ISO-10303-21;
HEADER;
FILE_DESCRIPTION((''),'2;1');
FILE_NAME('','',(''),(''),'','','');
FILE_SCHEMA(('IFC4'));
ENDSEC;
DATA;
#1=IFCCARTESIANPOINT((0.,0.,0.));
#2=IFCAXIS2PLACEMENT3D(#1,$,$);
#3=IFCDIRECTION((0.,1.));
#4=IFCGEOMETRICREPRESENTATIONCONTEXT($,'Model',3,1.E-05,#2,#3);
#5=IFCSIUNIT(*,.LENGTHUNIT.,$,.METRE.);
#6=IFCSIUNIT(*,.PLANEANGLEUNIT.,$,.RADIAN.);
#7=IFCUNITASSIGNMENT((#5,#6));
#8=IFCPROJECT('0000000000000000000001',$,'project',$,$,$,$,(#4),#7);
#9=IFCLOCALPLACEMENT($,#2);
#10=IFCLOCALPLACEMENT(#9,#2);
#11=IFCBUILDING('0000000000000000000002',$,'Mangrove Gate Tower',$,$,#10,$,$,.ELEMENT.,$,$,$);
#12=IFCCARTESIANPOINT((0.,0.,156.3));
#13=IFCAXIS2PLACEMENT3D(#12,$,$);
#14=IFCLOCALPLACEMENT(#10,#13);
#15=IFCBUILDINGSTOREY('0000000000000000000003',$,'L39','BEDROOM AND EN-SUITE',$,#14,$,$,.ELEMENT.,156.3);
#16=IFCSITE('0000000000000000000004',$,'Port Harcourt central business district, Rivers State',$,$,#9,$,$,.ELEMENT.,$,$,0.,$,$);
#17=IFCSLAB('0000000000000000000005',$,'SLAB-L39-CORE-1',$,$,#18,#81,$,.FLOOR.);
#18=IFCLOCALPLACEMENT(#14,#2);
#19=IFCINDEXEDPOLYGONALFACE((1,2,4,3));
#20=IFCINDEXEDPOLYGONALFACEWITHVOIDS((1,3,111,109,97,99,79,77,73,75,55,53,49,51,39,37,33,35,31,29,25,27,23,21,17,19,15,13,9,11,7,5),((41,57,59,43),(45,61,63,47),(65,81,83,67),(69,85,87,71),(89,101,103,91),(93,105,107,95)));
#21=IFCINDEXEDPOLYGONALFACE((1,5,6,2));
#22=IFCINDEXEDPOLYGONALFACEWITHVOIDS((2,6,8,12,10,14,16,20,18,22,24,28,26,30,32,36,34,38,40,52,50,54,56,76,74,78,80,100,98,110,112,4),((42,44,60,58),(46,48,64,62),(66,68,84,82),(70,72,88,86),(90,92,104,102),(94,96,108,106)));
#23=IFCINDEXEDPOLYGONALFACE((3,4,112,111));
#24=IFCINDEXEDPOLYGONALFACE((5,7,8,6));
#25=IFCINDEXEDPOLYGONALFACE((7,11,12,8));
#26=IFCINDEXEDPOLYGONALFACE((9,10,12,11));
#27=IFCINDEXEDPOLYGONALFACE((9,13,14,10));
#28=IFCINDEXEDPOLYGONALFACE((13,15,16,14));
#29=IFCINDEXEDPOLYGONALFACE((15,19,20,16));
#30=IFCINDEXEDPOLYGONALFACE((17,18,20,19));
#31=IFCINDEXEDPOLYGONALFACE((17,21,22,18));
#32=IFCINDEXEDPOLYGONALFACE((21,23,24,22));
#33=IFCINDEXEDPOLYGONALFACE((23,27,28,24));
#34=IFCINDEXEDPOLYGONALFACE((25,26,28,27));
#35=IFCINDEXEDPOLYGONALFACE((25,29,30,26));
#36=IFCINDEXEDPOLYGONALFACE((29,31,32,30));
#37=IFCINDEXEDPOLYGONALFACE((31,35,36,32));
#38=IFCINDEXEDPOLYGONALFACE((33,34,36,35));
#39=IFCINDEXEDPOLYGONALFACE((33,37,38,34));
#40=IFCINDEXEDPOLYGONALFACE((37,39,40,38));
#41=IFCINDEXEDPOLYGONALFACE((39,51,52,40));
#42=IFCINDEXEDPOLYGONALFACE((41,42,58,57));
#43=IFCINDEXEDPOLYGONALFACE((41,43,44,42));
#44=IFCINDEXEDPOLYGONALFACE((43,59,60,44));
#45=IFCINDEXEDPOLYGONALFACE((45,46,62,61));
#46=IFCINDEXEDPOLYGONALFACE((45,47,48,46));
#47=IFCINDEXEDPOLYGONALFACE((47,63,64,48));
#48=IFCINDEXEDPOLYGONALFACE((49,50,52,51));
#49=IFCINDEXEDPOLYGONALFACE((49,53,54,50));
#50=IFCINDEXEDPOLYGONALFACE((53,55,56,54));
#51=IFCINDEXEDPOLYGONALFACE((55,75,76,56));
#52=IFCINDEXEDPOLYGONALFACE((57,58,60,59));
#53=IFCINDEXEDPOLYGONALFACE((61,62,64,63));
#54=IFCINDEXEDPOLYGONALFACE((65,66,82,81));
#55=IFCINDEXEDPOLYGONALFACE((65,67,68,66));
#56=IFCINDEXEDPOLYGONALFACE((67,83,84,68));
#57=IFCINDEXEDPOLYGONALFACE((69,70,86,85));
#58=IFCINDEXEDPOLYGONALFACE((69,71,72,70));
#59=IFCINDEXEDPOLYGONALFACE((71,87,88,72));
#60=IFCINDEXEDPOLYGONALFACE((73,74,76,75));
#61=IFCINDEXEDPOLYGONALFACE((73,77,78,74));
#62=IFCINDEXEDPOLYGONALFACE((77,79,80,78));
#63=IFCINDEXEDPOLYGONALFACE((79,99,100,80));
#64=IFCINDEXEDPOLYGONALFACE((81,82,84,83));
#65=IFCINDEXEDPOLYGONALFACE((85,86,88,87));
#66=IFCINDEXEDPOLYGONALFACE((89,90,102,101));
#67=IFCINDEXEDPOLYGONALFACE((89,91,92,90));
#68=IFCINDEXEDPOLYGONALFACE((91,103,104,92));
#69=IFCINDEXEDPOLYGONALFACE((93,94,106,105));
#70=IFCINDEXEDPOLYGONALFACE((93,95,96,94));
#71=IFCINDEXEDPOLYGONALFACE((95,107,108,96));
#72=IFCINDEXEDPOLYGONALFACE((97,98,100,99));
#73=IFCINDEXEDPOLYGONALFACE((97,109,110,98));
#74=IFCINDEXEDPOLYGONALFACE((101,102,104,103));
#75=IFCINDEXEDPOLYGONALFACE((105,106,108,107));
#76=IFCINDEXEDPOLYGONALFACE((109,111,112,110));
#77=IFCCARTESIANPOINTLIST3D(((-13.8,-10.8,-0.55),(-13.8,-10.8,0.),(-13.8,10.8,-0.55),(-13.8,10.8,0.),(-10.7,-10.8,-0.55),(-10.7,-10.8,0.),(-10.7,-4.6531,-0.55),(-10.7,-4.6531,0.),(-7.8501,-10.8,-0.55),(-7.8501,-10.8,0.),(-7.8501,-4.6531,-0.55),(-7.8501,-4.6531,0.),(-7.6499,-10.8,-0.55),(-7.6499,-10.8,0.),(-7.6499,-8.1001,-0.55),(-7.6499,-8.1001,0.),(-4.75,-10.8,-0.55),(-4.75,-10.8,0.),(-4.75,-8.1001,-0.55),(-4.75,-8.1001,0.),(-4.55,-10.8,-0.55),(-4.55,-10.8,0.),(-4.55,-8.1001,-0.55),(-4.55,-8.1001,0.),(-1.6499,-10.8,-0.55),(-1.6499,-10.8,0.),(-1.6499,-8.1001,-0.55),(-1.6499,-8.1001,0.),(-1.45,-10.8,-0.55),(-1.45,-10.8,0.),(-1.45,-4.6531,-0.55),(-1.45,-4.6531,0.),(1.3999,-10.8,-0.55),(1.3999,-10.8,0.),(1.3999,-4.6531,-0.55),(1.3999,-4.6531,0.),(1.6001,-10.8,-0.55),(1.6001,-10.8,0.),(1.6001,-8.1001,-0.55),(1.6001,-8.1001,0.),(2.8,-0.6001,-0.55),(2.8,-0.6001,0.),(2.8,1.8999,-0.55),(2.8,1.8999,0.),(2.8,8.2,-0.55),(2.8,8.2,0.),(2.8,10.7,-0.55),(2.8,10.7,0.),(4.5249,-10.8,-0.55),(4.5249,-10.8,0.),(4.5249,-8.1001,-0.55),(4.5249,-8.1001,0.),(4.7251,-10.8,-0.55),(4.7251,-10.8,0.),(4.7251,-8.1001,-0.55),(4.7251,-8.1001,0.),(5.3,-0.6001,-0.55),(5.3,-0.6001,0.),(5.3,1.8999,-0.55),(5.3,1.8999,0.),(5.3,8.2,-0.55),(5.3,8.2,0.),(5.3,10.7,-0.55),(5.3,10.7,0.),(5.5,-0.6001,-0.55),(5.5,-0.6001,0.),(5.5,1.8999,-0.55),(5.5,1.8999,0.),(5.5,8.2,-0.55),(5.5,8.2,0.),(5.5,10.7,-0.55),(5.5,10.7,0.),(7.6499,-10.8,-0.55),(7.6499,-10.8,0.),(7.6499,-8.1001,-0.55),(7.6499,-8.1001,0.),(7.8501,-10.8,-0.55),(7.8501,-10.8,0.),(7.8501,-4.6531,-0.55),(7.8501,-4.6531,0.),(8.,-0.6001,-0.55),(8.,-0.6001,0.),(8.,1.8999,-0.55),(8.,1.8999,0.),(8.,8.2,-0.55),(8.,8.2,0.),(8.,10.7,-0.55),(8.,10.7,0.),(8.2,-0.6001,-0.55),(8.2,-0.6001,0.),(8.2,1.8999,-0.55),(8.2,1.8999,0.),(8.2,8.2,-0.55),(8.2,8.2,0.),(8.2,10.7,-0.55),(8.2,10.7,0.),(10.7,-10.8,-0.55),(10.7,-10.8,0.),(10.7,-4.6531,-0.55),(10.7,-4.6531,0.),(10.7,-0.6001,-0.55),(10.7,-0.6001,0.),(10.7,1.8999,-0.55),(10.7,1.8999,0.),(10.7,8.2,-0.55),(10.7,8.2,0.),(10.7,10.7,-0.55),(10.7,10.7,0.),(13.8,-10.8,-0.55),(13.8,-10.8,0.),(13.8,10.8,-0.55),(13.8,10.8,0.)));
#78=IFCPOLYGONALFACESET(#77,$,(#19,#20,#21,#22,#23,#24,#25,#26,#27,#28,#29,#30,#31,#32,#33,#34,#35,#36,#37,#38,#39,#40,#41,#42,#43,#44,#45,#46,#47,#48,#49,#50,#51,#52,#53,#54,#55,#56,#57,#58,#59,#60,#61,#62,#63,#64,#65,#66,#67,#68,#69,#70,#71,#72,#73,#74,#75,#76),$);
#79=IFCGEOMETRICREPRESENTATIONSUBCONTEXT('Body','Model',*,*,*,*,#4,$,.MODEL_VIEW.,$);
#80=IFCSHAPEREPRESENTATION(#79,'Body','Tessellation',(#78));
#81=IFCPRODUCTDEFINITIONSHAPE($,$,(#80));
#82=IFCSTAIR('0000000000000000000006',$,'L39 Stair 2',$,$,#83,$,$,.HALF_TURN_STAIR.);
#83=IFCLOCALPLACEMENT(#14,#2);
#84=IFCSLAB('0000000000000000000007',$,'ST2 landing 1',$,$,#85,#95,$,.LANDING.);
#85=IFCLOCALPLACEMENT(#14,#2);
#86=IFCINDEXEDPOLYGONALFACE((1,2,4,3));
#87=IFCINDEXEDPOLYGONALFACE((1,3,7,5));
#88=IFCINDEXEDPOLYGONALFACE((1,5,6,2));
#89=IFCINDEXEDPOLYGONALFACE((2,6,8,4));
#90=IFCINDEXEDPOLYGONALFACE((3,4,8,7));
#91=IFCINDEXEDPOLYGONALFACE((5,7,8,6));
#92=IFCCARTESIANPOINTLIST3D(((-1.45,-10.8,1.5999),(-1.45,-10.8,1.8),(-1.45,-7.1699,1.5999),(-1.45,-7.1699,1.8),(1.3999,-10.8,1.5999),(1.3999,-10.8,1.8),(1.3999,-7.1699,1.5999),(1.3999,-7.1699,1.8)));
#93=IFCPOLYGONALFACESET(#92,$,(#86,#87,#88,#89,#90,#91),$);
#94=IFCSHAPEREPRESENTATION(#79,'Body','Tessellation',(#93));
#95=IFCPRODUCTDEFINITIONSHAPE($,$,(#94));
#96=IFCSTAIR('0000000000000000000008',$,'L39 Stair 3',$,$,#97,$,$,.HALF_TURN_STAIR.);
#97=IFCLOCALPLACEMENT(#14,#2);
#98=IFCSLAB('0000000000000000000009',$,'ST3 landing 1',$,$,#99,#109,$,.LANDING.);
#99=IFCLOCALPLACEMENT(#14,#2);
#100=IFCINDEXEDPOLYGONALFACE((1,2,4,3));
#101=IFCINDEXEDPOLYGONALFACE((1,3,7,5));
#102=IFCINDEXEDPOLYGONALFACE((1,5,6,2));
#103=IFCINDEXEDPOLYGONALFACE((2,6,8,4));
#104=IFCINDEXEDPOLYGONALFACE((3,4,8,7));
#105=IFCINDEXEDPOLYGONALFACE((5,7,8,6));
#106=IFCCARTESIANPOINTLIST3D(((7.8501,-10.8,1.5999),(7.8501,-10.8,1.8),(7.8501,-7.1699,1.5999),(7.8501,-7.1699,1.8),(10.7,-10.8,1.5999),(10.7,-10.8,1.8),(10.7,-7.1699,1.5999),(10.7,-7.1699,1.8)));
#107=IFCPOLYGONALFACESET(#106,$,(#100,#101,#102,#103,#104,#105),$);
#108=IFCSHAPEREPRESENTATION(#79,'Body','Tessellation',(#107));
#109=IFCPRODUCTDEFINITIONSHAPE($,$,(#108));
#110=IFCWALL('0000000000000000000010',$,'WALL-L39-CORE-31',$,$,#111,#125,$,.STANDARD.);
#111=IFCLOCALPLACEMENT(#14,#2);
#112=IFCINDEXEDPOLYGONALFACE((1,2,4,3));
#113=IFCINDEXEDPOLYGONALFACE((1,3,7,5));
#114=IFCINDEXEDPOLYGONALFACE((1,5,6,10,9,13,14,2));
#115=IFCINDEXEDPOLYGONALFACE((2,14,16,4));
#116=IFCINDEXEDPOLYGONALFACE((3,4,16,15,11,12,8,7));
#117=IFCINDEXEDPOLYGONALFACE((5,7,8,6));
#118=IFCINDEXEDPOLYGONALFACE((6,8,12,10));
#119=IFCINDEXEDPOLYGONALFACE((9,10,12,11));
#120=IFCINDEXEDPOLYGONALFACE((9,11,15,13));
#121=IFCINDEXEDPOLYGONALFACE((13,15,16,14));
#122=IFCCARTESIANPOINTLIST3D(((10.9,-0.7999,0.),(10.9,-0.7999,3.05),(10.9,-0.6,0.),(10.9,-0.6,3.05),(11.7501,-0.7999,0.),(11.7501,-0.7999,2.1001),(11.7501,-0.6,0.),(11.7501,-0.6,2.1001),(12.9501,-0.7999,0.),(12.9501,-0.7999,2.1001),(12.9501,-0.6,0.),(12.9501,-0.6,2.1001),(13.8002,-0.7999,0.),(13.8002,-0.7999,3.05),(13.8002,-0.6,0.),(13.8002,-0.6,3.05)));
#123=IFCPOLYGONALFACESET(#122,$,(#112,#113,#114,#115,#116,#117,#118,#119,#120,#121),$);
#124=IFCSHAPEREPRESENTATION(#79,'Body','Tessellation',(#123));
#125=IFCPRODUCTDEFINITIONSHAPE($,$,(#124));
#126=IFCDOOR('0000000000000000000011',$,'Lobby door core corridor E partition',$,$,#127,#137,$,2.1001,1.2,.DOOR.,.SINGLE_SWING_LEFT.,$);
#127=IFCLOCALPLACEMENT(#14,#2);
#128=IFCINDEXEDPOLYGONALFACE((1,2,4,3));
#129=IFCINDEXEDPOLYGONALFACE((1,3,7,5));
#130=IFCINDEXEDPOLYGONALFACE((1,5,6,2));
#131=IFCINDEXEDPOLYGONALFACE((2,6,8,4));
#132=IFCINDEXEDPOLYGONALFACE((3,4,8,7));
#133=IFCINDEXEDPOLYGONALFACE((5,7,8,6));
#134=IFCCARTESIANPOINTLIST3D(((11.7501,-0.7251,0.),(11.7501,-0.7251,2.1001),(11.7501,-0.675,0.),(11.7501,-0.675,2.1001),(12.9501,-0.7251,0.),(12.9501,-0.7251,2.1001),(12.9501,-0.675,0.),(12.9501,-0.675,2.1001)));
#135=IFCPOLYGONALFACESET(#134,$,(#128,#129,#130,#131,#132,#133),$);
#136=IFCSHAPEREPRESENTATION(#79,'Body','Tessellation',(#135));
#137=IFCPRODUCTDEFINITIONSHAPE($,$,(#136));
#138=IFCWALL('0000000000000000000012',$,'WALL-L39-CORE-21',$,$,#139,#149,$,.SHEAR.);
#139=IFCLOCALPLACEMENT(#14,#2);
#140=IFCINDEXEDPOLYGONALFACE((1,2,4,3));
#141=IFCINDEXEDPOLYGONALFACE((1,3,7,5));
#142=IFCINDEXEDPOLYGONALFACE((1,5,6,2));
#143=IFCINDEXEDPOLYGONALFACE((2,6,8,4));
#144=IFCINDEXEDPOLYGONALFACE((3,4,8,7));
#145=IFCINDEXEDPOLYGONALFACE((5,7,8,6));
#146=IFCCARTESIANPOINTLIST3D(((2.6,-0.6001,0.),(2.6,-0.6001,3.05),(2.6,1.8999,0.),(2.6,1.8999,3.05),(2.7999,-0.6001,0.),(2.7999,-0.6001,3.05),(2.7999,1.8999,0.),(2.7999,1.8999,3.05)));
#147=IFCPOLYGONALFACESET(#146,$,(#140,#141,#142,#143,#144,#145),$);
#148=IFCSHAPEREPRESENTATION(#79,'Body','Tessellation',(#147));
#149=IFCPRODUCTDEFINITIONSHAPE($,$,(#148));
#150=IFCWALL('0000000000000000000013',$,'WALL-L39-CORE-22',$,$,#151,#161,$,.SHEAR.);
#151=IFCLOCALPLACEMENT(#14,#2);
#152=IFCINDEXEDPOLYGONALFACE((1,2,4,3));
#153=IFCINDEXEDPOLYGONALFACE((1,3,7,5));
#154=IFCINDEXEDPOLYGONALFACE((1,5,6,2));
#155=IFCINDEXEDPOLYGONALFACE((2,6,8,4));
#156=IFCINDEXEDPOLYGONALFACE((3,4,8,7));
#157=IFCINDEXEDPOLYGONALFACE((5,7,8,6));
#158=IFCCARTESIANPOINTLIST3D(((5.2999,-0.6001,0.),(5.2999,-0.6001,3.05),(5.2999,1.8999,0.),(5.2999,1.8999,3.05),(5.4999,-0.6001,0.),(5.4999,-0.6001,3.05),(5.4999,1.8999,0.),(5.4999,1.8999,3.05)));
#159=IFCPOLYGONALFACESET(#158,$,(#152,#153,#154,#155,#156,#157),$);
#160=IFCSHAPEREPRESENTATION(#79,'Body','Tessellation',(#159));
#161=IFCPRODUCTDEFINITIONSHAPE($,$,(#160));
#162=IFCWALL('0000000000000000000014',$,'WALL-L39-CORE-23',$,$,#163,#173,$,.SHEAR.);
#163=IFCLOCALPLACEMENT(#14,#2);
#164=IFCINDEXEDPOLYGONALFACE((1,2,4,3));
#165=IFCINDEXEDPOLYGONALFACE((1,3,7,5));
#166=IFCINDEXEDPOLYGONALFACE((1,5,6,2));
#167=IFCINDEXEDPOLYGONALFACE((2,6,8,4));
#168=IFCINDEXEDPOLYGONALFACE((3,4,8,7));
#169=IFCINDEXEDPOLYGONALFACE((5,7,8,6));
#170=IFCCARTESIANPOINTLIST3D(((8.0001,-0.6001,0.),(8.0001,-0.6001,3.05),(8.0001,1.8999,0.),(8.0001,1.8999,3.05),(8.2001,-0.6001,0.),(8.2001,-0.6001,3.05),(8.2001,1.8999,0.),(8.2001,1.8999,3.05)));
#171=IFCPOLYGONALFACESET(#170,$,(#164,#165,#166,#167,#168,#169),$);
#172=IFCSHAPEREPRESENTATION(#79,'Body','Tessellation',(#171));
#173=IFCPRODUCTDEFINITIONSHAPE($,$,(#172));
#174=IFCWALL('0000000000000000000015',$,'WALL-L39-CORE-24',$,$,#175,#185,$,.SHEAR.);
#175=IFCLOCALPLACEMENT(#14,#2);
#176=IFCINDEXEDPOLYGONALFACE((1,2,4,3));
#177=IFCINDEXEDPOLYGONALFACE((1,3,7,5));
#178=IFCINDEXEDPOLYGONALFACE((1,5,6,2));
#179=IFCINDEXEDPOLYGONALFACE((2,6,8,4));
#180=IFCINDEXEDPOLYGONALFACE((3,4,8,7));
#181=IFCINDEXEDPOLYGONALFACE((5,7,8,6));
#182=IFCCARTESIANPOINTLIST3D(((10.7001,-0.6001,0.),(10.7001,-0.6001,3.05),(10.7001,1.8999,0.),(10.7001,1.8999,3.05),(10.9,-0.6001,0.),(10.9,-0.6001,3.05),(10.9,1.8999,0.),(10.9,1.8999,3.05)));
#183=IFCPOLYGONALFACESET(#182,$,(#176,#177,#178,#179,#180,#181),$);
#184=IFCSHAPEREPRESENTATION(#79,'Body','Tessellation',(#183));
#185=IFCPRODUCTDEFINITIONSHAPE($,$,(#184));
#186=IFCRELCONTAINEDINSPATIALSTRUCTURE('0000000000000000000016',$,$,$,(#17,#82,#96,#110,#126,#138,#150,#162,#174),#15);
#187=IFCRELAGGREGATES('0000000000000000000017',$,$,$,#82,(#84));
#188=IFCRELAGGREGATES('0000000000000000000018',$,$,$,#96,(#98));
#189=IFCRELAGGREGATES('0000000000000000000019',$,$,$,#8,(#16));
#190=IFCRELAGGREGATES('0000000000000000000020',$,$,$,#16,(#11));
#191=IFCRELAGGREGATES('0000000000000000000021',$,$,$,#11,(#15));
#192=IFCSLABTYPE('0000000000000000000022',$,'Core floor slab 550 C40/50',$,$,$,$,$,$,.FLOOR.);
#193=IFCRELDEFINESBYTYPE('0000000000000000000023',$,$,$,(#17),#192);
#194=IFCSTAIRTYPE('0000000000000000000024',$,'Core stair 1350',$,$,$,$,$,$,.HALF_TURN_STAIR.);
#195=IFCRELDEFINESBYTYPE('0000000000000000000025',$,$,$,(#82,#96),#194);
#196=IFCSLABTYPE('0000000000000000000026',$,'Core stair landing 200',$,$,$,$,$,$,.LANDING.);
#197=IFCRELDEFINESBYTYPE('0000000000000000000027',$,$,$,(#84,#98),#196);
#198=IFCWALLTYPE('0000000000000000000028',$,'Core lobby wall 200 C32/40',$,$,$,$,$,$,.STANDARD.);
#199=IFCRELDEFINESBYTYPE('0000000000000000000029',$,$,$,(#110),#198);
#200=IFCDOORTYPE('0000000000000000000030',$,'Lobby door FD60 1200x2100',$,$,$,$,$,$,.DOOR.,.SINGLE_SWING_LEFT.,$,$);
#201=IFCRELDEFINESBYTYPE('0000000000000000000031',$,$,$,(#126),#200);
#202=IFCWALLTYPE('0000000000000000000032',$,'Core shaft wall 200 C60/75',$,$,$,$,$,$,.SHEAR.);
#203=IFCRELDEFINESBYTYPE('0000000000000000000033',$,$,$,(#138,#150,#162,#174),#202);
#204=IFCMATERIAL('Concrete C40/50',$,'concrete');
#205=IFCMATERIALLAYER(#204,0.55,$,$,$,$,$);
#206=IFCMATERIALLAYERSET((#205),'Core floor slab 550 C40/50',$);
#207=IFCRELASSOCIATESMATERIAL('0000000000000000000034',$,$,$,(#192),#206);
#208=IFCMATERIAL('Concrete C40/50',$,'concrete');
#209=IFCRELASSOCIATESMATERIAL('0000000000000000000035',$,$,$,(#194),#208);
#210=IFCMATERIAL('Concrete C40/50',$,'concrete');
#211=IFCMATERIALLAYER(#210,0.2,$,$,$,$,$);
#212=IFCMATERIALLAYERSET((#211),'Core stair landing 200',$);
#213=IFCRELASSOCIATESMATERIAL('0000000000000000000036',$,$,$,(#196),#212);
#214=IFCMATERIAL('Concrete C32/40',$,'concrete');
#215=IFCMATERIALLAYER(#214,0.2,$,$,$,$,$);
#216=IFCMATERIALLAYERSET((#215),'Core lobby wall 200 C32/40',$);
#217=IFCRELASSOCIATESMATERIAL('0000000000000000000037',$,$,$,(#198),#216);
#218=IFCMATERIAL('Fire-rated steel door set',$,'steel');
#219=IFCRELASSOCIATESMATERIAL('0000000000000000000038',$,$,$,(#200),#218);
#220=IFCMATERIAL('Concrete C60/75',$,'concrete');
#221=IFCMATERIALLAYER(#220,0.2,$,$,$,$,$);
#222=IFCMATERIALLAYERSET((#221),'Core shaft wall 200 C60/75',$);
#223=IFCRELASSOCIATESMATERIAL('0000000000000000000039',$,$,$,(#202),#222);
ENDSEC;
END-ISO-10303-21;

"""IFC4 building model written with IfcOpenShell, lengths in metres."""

from ifc_helpers import new_model, si_unit, direction, frame, frame_2d, origin, place, context, subcontext, project, spatial, polyline, rectangle, outline, extrude, material, layer, layer_set, type_object, element, fill, aggregate, save


model = new_model("IFC4")

# Units and contexts
model_context = context("Model", 3, precision=1e-05, world=origin(), true_north=direction((0.0, 1.0)))
body_context = subcontext(model_context, "Body", "Model", "MODEL_VIEW")
ifc_project = project(units=[si_unit("LENGTHUNIT", "METRE"), si_unit("PLANEANGLEUNIT", "RADIAN")], contexts=[model_context])

# Site, building, storey
site_placement = place(None, origin())
site = spatial("IfcSite", under=ifc_project, at=site_placement, Name="Port Harcourt central business district, Rivers State", CompositionType="ELEMENT", RefElevation=0.0)
building_placement = place(site_placement, origin())
building = spatial("IfcBuilding", under=site, at=building_placement, Name="Mangrove Gate Tower", CompositionType="ELEMENT")
storey_placement = place(building_placement, frame((0.0, 0.0, 156.3)))
storey = spatial("IfcBuildingStorey", under=building, at=storey_placement, Name="L39", Description="BEDROOM AND EN-SUITE", CompositionType="ELEMENT", Elevation=156.3)

# Slab
ifc_material_1 = material(Name="Concrete C40/50", Category="concrete")
ifc_layer_1 = layer(ifc_material_1, 0.55)
ifc_layer_set_1 = layer_set([ifc_layer_1], Name="Core floor slab 550 C40/50")
slab_type_1 = type_object("IfcSlabType", Name="Core floor slab 550 C40/50", PredefinedType="FLOOR", material=ifc_layer_set_1)
slab_1_placement = place(storey_placement, frame((0.0, 0.0, -0.55)))
element("IfcSlab", 1, at=slab_1_placement, inside=storey, type_object=slab_type_1, Name="SLAB-L39-CORE-1", PredefinedType="FLOOR", context=body_context, shape_type="SweptSolid", body=[
    extrude(outline(polyline([(-13.8, -10.8), (-13.8, 10.8), (13.8, 10.8), (13.8, -10.8), (10.7, -10.8), (10.7, -4.6531), (7.8501, -4.6531), (7.8501, -10.8), (7.6499, -10.8), (7.6499, -8.1001), (4.7251, -8.1001), (4.7251, -10.8), (4.5249, -10.8), (4.5249, -8.1001), (1.6001, -8.1001), (1.6001, -10.8), (1.3999, -10.8), (1.3999, -4.6531), (-1.45, -4.6531), (-1.45, -10.8), (-1.6499, -10.8), (-1.6499, -8.1001), (-4.55, -8.1001), (-4.55, -10.8), (-4.75, -10.8), (-4.75, -8.1001), (-7.6499, -8.1001), (-7.6499, -10.8), (-7.8501, -10.8), (-7.8501, -4.6531), (-10.7, -4.6531), (-10.7, -10.8), (-13.8, -10.8)]), holes=[polyline([(5.3, -0.6001), (5.3, 1.8999), (2.8, 1.8999), (2.8, -0.6001), (5.3, -0.6001)]), polyline([(5.3, 10.7), (2.8, 10.7), (2.8, 8.2), (5.3, 8.2), (5.3, 10.7)]), polyline([(8.0, -0.6001), (8.0, 1.8999), (5.5, 1.8999), (5.5, -0.6001), (8.0, -0.6001)]), polyline([(10.7, -0.6001), (10.7, 1.8999), (8.2, 1.8999), (8.2, -0.6001), (10.7, -0.6001)]), polyline([(8.0, 8.2), (8.0, 10.7), (5.5, 10.7), (5.5, 8.2), (8.0, 8.2)]), polyline([(10.7, 8.2), (10.7, 10.7), (8.2, 10.7), (8.2, 8.2), (10.7, 8.2)])]), origin(), (0.0, 0.0, 1.0), 0.55),
])

# Stairs, slabs
ifc_material_2 = material(Name="Concrete C40/50", Category="concrete")
stair_type = type_object("IfcStairType", Name="Core stair 1350", PredefinedType="HALF_TURN_STAIR", material=ifc_material_2)
stair_1_placement = place(storey_placement, origin())
stair_1 = element("IfcStair", 2, at=stair_1_placement, inside=storey, type_object=stair_type, Name="L39 Stair 2", PredefinedType="HALF_TURN_STAIR")
ifc_material_3 = material(Name="Concrete C40/50", Category="concrete")
ifc_layer_2 = layer(ifc_material_3, 0.2)
ifc_layer_set_2 = layer_set([ifc_layer_2], Name="Core stair landing 200")
slab_type_2 = type_object("IfcSlabType", Name="Core stair landing 200", PredefinedType="LANDING", material=ifc_layer_set_2)
slab_2_placement = place(storey_placement, frame((0.0, 0.0, 1.5999)))
slab_2 = element("IfcSlab", 3, at=slab_2_placement, type_object=slab_type_2, Name="ST2 landing 1", PredefinedType="LANDING", context=body_context, shape_type="SweptSolid", body=[
    extrude(outline(polyline([(-1.45, -7.1699), (-1.45, -10.8), (1.3999, -10.8), (1.3999, -7.1699), (-1.45, -7.1699)])), origin(), (0.0, 0.0, 1.0), 0.2002),
])
aggregate(stair_1, [slab_2])
stair_2_placement = place(storey_placement, origin())
stair_2 = element("IfcStair", 4, at=stair_2_placement, inside=storey, type_object=stair_type, Name="L39 Stair 3", PredefinedType="HALF_TURN_STAIR")
slab_3_placement = place(storey_placement, frame((0.0, 0.0, 1.5999)))
slab_3 = element("IfcSlab", 5, at=slab_3_placement, type_object=slab_type_2, Name="ST3 landing 1", PredefinedType="LANDING", context=body_context, shape_type="SweptSolid", body=[
    extrude(outline(polyline([(7.8501, -7.1699), (7.8501, -10.8), (10.7, -10.8), (10.7, -7.1699), (7.8501, -7.1699)])), origin(), (0.0, 0.0, 1.0), 0.2002),
])
aggregate(stair_2, [slab_3])

# Wall, opening, door
ifc_material_4 = material(Name="Concrete C32/40", Category="concrete")
ifc_layer_3 = layer(ifc_material_4, 0.2)
ifc_layer_set_3 = layer_set([ifc_layer_3], Name="Core lobby wall 200 C32/40")
wall_type_1 = type_object("IfcWallType", Name="Core lobby wall 200 C32/40", PredefinedType="STANDARD", material=ifc_layer_set_3)
wall_1_placement = place(storey_placement, frame((10.8999, -0.7, 0.0), z_axis=(0.0, 0.0, 1.0), x_axis=(1.0, 0.0, 0.0)))
wall_1 = element("IfcWall", 6, at=wall_1_placement, inside=storey, type_object=wall_type_1, Name="WALL-L39-CORE-31", PredefinedType="STANDARD", context=body_context, shape_type="SweptSolid", body=[
    extrude(rectangle(XDim=2.9001, YDim=0.2, at=frame_2d((1.4502, 0.0))), origin(), (0.0, 0.0, 1.0), 3.05),
])
opening_1_placement = place(wall_1_placement, frame((0.8501, 0.0, 0.0)))
opening_1 = element("IfcOpeningElement", 7, at=opening_1_placement, cuts=wall_1, PredefinedType="OPENING", context=body_context, shape_type="SweptSolid", body=[
    extrude(rectangle(XDim=1.2, YDim=2.1001, at=frame_2d((0.6001, 1.05))), frame((0.0, 0.1099, 0.0), z_axis=(0.0, -1.0, 0.0), x_axis=(1.0, 0.0, 0.0)), (0.0, 0.0, 1.0), 0.22),
])
ifc_material_5 = material(Name="Fire-rated steel door set", Category="steel")
door_type_1 = type_object("IfcDoorType", Name="Lobby door FD60 1200x2100", OperationType="SINGLE_SWING_LEFT", PredefinedType="DOOR", material=ifc_material_5)
door_1_placement = place(opening_1_placement, origin())
door_1 = element("IfcDoor", 8, at=door_1_placement, inside=storey, type_object=door_type_1, Name="Lobby door core corridor E partition", OperationType="SINGLE_SWING_LEFT", OverallHeight=2.1001, OverallWidth=1.2, PredefinedType="DOOR", context=body_context, shape_type="SweptSolid", body=[
    extrude(rectangle(XDim=1.2, YDim=2.1001, at=frame_2d((0.6001, 1.05))), frame((0.0, 0.0249, 0.0), z_axis=(0.0, -1.0, 0.0), x_axis=(1.0, 0.0, 0.0)), (0.0, 0.0, 1.0), 0.05),
])
fill(opening_1, door_1)

# Walls
ifc_material_6 = material(Name="Concrete C60/75", Category="concrete")
ifc_layer_4 = layer(ifc_material_6, 0.2)
ifc_layer_set_4 = layer_set([ifc_layer_4], Name="Core shaft wall 200 C60/75")
wall_type_2 = type_object("IfcWallType", Name="Core shaft wall 200 C60/75", PredefinedType="SHEAR", material=ifc_layer_set_4)
for number, where, z_axis, x_axis, name in (
    (9, (2.7, -0.6001, 0.0), (0.0, 0.0, 1.0), (0.0, 1.0, 0.0), "WALL-L39-CORE-21"),
    (10, (5.3999, -0.6001, 0.0), (0.0, 0.0, 1.0), (0.0, 1.0, 0.0), "WALL-L39-CORE-22"),
    (11, (8.1001, -0.6001, 0.0), (0.0, 0.0, 1.0), (0.0, 1.0, 0.0), "WALL-L39-CORE-23"),
    (12, (10.8, -0.6001, 0.0), (0.0, 0.0, 1.0), (0.0, 1.0, 0.0), "WALL-L39-CORE-24"),
):
    element("IfcWall", number, at=place(storey_placement, frame(where, z_axis=z_axis, x_axis=x_axis)), inside=storey, type_object=wall_type_2, Name=name, PredefinedType="SHEAR", context=body_context, shape_type="SweptSolid", body=[
        extrude(rectangle(XDim=2.5, YDim=0.2, at=frame_2d((1.25, 0.0))), origin(), (0.0, 0.0, 1.0), 3.05),
    ])

save(model, "model.ifc")
